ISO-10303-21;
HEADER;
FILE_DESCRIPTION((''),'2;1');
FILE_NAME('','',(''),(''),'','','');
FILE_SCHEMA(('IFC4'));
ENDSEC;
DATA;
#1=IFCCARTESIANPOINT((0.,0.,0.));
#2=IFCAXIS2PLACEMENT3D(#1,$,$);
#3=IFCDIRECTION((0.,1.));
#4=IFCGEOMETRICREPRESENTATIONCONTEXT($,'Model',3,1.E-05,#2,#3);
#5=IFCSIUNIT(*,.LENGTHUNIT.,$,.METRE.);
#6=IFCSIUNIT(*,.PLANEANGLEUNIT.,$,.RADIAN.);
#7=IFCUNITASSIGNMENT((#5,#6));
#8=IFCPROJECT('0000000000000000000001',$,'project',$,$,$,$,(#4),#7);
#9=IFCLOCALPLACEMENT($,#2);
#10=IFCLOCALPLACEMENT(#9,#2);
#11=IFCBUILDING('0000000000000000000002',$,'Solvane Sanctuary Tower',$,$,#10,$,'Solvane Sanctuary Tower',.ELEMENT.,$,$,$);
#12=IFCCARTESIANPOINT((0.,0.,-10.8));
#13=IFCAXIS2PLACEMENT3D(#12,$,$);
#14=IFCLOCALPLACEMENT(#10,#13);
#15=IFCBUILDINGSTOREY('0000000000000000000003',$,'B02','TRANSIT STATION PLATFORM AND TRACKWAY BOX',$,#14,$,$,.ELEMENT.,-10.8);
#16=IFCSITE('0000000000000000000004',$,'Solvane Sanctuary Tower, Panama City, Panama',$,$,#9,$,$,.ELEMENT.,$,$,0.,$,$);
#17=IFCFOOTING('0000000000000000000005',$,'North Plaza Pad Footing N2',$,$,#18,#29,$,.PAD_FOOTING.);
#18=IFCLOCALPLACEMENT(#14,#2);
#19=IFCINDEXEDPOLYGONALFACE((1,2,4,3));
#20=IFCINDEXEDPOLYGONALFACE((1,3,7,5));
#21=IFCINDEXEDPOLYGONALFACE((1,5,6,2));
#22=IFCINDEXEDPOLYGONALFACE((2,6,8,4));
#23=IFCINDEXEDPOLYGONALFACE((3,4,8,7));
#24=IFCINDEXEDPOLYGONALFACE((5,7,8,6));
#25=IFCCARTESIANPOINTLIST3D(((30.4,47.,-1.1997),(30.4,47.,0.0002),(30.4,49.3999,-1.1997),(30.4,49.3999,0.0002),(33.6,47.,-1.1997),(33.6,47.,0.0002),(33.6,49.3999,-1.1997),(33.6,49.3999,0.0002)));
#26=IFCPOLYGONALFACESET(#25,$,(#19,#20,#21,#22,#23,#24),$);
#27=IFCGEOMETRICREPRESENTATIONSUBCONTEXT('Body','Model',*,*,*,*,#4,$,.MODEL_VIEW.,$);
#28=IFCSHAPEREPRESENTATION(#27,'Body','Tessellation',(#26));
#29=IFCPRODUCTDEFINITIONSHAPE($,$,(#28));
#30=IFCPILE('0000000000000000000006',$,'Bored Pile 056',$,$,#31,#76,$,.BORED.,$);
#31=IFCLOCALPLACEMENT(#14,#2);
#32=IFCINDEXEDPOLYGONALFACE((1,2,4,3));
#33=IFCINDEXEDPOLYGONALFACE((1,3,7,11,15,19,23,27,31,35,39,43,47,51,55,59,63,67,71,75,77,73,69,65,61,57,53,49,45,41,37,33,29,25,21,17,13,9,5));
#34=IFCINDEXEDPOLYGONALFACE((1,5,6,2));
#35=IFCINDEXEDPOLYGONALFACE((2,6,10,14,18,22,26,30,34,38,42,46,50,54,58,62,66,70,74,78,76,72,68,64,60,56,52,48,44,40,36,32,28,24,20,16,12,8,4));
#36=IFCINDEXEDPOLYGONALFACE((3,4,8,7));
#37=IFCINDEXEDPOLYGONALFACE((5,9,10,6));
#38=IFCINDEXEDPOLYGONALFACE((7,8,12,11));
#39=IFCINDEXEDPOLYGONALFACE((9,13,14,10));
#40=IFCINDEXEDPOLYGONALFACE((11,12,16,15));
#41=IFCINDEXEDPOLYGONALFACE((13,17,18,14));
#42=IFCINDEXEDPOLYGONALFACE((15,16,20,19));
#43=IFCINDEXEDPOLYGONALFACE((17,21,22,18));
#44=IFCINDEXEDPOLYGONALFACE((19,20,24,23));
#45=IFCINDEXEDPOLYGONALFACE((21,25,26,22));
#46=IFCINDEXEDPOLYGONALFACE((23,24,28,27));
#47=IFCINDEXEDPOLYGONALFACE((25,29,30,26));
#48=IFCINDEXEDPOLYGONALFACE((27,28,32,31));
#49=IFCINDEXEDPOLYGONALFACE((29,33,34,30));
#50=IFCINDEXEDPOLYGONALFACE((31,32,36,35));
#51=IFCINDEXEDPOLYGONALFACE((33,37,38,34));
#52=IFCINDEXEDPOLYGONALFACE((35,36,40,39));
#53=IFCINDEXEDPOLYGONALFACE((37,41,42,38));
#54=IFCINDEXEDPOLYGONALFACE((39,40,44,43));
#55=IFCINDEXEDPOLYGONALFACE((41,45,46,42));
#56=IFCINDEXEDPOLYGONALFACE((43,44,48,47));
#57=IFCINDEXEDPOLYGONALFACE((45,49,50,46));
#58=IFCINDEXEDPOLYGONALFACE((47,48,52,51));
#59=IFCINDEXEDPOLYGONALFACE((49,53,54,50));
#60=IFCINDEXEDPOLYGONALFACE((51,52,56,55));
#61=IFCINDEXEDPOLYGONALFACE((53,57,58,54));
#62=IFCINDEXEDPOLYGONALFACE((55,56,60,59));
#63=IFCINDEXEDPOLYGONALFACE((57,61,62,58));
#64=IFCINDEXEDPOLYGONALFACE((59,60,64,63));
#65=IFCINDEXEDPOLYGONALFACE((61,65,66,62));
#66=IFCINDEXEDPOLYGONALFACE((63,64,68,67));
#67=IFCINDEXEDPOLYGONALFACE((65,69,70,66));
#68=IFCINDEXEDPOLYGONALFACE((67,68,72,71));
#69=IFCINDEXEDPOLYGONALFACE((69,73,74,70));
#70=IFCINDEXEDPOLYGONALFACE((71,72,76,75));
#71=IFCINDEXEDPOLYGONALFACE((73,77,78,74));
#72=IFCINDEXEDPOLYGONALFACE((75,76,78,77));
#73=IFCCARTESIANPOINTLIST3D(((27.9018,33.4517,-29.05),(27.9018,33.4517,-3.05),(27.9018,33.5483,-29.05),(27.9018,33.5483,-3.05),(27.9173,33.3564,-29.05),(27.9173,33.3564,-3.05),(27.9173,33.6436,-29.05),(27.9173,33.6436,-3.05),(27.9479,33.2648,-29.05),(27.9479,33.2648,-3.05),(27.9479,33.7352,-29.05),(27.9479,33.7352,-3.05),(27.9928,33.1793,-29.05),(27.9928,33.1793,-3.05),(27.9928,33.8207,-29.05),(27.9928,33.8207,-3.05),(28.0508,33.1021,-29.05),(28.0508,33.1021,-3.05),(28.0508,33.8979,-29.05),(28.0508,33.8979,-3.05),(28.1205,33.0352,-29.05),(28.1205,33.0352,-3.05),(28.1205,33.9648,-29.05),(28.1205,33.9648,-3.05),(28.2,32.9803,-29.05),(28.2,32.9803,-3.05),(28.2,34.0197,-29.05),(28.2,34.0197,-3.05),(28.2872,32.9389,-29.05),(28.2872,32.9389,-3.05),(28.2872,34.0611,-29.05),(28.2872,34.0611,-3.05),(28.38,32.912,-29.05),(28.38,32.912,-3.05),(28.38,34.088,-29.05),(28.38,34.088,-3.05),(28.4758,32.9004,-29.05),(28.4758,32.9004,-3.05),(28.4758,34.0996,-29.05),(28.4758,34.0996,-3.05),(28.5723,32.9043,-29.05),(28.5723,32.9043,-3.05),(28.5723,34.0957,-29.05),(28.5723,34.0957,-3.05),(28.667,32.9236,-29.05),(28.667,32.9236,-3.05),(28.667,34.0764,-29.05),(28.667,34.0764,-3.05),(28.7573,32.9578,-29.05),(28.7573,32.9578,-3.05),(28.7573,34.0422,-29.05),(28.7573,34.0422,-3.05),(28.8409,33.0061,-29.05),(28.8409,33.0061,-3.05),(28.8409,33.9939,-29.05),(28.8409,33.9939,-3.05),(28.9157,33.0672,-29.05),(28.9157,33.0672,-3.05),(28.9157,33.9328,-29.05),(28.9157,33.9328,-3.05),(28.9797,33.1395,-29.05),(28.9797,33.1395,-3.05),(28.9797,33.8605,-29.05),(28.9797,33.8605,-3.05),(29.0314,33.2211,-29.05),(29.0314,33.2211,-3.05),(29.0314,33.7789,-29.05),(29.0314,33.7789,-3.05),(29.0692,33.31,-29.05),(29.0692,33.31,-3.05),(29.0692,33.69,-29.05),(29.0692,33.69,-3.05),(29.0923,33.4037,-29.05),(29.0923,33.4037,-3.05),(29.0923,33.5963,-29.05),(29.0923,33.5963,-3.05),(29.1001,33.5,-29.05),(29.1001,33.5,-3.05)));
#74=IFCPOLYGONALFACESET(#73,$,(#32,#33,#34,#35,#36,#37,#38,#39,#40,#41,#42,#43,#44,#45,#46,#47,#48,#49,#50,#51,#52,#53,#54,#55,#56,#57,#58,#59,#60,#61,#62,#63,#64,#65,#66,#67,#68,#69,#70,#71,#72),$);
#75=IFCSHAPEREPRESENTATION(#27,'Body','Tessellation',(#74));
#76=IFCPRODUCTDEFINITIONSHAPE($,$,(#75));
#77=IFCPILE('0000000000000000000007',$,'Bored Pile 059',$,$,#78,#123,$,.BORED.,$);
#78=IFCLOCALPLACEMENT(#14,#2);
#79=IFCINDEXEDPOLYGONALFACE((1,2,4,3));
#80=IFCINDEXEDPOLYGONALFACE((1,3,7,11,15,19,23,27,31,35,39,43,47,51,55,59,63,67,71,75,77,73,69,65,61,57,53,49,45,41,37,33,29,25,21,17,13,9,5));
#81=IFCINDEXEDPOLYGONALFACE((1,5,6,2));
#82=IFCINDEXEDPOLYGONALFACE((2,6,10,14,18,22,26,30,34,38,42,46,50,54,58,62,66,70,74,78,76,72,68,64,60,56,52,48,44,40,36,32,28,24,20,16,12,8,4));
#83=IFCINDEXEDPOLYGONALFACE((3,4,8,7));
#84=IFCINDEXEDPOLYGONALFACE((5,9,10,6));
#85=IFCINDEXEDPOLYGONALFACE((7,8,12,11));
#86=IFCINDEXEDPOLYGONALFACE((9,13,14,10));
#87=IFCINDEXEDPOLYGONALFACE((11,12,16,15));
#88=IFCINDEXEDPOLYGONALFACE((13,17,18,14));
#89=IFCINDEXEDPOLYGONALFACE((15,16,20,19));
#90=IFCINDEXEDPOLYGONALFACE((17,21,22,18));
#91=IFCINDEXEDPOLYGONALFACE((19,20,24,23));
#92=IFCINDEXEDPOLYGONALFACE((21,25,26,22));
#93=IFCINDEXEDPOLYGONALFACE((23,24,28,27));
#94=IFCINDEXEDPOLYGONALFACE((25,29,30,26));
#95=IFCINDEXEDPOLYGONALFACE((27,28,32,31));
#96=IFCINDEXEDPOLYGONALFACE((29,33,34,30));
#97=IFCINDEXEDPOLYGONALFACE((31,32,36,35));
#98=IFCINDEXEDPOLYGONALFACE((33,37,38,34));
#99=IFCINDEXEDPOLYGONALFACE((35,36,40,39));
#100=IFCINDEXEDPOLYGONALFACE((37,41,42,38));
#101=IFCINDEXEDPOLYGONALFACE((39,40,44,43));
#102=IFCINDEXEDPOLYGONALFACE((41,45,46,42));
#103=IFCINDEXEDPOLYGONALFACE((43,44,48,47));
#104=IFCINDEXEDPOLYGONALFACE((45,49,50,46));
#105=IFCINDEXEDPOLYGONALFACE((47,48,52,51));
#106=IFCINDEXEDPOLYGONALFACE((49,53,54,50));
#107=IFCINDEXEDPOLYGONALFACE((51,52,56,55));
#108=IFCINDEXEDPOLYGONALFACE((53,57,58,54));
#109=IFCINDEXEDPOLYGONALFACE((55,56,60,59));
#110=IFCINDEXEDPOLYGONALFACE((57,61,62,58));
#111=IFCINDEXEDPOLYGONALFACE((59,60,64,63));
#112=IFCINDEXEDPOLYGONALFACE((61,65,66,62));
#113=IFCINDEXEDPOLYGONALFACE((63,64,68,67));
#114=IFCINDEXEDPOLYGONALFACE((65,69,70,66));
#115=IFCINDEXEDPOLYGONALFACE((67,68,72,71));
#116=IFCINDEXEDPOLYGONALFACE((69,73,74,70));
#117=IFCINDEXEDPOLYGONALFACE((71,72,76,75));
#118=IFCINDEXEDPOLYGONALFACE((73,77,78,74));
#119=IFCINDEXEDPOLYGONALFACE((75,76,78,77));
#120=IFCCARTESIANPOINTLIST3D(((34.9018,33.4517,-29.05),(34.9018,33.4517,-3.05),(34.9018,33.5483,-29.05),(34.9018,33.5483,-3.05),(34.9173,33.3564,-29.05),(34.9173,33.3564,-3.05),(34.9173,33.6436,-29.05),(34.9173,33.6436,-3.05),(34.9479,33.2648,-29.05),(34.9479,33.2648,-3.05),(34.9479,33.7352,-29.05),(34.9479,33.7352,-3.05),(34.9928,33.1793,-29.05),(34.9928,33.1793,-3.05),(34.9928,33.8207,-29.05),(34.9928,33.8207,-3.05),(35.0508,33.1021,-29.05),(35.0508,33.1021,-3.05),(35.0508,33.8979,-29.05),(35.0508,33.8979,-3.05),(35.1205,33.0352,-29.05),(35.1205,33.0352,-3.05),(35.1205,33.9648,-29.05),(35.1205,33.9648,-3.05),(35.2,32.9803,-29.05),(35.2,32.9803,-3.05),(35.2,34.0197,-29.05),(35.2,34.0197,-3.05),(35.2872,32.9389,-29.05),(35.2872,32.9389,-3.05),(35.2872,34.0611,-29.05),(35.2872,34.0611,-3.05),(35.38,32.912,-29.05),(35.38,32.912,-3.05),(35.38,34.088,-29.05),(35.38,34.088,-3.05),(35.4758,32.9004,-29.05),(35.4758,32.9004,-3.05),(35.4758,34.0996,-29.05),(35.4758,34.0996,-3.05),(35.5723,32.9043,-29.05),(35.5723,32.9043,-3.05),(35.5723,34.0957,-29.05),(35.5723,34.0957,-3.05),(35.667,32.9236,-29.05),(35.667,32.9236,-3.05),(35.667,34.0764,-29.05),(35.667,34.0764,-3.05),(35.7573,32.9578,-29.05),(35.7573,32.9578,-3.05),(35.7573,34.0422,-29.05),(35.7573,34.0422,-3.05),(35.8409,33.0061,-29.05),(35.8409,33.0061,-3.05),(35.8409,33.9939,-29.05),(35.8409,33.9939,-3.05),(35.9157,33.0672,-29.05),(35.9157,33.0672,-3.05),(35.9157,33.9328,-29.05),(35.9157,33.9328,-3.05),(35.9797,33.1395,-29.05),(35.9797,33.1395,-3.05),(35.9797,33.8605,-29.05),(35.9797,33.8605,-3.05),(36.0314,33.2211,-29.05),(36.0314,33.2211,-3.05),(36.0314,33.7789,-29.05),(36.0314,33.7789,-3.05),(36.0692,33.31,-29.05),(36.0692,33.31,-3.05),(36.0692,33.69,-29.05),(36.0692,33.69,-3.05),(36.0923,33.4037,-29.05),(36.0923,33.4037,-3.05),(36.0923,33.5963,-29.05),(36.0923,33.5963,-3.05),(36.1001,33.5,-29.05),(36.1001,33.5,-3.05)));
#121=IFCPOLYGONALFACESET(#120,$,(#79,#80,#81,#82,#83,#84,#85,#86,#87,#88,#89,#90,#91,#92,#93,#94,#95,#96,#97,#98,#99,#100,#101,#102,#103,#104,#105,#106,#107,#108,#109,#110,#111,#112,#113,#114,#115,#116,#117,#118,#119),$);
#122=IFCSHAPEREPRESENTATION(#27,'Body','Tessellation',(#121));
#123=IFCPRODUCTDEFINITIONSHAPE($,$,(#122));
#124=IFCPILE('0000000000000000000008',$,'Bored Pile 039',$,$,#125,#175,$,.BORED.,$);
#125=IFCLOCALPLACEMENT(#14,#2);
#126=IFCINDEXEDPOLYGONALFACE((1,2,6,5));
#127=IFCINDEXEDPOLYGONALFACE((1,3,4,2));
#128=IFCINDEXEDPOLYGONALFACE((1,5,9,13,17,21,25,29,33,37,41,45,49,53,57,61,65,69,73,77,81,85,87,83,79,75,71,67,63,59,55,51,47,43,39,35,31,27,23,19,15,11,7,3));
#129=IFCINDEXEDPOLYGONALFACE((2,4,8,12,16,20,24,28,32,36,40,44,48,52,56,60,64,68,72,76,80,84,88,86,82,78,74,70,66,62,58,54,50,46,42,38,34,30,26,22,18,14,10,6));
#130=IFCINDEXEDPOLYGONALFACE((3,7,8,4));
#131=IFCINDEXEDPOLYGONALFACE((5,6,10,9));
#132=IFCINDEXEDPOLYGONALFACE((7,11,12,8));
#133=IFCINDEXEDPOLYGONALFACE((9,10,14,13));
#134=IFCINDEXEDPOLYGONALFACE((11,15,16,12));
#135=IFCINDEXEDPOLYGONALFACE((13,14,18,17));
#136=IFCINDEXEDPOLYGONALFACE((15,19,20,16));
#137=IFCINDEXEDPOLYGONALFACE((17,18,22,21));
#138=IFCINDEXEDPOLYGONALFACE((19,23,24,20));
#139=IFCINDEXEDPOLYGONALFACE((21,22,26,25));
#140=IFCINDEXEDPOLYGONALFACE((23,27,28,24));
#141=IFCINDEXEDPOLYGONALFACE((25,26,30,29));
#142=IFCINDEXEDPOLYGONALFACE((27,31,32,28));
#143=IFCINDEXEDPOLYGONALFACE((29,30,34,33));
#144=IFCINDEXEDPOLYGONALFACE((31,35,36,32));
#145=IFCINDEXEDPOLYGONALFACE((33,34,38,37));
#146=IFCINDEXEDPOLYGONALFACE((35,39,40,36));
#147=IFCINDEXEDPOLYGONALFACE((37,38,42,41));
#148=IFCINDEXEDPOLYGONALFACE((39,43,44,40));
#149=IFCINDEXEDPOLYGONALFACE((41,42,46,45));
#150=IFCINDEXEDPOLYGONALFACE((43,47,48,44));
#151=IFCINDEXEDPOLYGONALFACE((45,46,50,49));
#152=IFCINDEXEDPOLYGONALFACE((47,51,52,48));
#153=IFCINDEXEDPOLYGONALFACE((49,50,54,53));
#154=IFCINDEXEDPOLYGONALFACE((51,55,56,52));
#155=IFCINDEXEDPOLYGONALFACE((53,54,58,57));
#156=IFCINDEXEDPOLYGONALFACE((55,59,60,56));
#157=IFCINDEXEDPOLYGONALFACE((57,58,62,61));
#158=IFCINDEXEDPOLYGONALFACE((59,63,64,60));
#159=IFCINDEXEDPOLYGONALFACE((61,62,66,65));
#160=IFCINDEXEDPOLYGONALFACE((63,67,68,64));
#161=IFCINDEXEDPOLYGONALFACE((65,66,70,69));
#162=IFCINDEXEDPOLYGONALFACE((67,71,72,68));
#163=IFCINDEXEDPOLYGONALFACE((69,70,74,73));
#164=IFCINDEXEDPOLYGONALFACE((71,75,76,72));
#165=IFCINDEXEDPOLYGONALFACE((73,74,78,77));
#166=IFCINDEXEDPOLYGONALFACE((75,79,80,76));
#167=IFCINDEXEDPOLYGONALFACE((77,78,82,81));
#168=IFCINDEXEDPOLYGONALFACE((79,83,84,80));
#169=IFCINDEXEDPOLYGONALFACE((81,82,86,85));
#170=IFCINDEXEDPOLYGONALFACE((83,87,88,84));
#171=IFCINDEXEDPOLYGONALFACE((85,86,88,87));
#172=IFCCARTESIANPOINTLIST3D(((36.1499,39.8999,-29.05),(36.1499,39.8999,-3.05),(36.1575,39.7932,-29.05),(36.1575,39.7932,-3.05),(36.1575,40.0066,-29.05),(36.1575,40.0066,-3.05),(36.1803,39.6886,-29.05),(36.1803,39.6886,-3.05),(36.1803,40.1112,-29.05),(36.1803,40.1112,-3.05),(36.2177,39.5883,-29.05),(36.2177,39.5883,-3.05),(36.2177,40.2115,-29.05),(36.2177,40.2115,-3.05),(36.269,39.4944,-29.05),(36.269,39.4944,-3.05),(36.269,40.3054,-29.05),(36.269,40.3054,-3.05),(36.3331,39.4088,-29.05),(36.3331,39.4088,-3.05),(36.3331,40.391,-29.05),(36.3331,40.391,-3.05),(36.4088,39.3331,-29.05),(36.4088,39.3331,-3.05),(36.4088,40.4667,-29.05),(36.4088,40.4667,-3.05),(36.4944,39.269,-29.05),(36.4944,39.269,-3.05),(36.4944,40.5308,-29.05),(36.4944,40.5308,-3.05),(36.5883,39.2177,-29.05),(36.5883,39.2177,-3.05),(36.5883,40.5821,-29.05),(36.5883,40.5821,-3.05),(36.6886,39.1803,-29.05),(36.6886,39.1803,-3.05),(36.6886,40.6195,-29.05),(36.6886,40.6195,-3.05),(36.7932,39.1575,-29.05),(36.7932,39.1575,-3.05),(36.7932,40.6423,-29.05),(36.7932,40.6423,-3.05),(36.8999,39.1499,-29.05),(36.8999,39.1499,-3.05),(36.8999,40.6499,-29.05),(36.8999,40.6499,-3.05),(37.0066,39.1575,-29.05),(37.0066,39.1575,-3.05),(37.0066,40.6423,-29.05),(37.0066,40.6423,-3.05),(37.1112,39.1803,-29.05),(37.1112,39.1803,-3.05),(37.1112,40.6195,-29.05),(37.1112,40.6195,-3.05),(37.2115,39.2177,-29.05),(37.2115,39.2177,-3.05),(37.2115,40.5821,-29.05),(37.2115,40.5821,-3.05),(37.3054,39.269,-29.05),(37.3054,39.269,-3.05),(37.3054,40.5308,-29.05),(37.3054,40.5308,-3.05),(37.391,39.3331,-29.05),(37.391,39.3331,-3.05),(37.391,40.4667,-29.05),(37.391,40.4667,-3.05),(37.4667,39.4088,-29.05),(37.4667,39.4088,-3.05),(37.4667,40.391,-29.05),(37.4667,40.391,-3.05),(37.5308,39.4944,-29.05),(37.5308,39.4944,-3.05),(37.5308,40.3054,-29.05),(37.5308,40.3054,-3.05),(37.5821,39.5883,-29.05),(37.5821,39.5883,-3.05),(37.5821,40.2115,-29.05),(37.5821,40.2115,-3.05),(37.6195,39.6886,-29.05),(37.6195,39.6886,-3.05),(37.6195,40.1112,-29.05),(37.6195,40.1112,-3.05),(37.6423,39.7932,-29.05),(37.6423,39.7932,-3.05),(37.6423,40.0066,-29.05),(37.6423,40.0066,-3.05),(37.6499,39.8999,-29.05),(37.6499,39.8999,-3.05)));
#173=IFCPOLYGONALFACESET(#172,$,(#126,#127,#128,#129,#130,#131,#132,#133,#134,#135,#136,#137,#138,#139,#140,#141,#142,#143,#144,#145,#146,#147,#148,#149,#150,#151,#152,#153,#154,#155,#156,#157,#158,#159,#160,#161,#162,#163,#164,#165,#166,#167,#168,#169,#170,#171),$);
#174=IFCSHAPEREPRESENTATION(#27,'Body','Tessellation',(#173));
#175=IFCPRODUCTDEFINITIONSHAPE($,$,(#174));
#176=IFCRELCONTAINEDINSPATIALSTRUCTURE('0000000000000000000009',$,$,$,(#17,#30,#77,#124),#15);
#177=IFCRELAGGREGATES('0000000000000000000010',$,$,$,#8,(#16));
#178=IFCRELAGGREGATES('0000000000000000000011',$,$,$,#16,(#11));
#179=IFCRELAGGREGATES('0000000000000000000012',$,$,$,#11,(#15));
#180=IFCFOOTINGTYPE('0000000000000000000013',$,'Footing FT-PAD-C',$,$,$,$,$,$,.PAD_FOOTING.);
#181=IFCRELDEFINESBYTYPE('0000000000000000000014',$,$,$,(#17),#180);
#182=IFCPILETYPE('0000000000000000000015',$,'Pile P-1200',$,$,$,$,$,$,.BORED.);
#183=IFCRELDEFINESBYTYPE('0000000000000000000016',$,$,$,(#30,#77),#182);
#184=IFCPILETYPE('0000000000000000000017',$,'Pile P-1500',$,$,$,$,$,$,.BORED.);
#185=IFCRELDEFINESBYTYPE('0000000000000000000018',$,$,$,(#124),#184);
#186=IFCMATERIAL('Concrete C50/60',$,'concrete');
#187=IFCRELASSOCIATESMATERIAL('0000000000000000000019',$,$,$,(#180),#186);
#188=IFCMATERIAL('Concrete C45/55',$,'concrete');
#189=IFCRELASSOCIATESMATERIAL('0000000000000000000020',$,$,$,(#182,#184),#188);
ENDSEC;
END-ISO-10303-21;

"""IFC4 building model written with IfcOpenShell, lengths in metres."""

from ifc_helpers import new_model, si_unit, direction, frame, origin, origin_2d, place, context, subcontext, project, spatial, rectangle, circle, extrude, material, material_profile, profile_set, type_object, element, save


model = new_model("IFC4")

# Units and contexts
model_context = context("Model", 3, precision=1e-05, world=origin(), true_north=direction((0.0, 1.0)))
body_context = subcontext(model_context, "Body", "Model", "MODEL_VIEW")
ifc_project = project(units=[si_unit("LENGTHUNIT", "METRE"), si_unit("PLANEANGLEUNIT", "RADIAN")], contexts=[model_context])

# Site, building, storey
site_placement = place(None, origin())
site = spatial("IfcSite", under=ifc_project, at=site_placement, Name="Solvane Sanctuary Tower, Panama City, Panama", CompositionType="ELEMENT", RefElevation=0.0)
building_placement = place(site_placement, origin())
building = spatial("IfcBuilding", under=site, at=building_placement, Name="Solvane Sanctuary Tower", LongName="Solvane Sanctuary Tower", CompositionType="ELEMENT")
storey_placement = place(building_placement, frame((0.0, 0.0, -10.8)))
storey = spatial("IfcBuildingStorey", under=building, at=storey_placement, Name="B02", Description="TRANSIT STATION PLATFORM AND TRACKWAY BOX", CompositionType="ELEMENT", Elevation=-10.8)

# Footing
ifc_material_1 = material(Name="Concrete C50/60", Category="concrete")
footing_type = type_object("IfcFootingType", Name="Footing FT-PAD-C", PredefinedType="PAD_FOOTING", material=ifc_material_1)
footing_placement = place(storey_placement, frame((32.0, 48.2, -1.1997), z_axis=(0.0, 0.0, 1.0), x_axis=(1.0, 0.0, 0.0)))
element("IfcFooting", 1, at=footing_placement, inside=storey, type_object=footing_type, Name="North Plaza Pad Footing N2", PredefinedType="PAD_FOOTING", context=body_context, shape_type="SweptSolid", body=[
    extrude(rectangle(XDim=3.2, YDim=2.3999, at=origin_2d()), origin(), (0.0, 0.0, 1.0), 1.2),
])

# Piles
ifc_material_2 = material(Name="Concrete C45/55", Category="concrete")
ifc_material_profile_1 = material_profile(ifc_material_2, circle(Radius=0.6001, at=origin_2d()), Name="PILE1200")
ifc_profile_set_1 = profile_set([ifc_material_profile_1], Name="Concrete C45/55")
pile_type_1 = type_object("IfcPileType", Name="Pile P-1200", PredefinedType="BORED", material=ifc_profile_set_1)
for number, where, z_axis, x_axis, name in (
    (2, (28.5, 33.5, -3.05), (0.0, 0.0, -1.0), (1.0, 0.0, 0.0), "Bored Pile 056"),
    (3, (35.5, 33.5, -3.05), (0.0, 0.0, -1.0), (1.0, 0.0, 0.0), "Bored Pile 059"),
):
    element("IfcPile", number, at=place(storey_placement, frame(where, z_axis=z_axis, x_axis=x_axis)), inside=storey, type_object=pile_type_1, Name=name, PredefinedType="BORED", context=body_context, shape_type="SweptSolid", body=[
        extrude(circle(Radius=0.6001, at=origin_2d()), origin(), (0.0, 0.0, 1.0), 26.0),
    ])
ifc_material_profile_2 = material_profile(ifc_material_2, circle(Radius=0.75, at=origin_2d()), Name="PILE1500")
ifc_profile_set_2 = profile_set([ifc_material_profile_2], Name="Concrete C45/55")
pile_type_2 = type_object("IfcPileType", Name="Pile P-1500", PredefinedType="BORED", material=ifc_profile_set_2)
for number, where, z_axis, x_axis, name in (
    (4, (36.8999, 39.8999, -3.05), (0.0, 0.0, -1.0), (1.0, 0.0, 0.0), "Bored Pile 039"),
):
    element("IfcPile", number, at=place(storey_placement, frame(where, z_axis=z_axis, x_axis=x_axis)), inside=storey, type_object=pile_type_2, Name=name, PredefinedType="BORED", context=body_context, shape_type="SweptSolid", body=[
        extrude(circle(Radius=0.75, at=origin_2d()), origin(), (0.0, 0.0, 1.0), 26.0),
    ])

save(model, "model.ifc")
